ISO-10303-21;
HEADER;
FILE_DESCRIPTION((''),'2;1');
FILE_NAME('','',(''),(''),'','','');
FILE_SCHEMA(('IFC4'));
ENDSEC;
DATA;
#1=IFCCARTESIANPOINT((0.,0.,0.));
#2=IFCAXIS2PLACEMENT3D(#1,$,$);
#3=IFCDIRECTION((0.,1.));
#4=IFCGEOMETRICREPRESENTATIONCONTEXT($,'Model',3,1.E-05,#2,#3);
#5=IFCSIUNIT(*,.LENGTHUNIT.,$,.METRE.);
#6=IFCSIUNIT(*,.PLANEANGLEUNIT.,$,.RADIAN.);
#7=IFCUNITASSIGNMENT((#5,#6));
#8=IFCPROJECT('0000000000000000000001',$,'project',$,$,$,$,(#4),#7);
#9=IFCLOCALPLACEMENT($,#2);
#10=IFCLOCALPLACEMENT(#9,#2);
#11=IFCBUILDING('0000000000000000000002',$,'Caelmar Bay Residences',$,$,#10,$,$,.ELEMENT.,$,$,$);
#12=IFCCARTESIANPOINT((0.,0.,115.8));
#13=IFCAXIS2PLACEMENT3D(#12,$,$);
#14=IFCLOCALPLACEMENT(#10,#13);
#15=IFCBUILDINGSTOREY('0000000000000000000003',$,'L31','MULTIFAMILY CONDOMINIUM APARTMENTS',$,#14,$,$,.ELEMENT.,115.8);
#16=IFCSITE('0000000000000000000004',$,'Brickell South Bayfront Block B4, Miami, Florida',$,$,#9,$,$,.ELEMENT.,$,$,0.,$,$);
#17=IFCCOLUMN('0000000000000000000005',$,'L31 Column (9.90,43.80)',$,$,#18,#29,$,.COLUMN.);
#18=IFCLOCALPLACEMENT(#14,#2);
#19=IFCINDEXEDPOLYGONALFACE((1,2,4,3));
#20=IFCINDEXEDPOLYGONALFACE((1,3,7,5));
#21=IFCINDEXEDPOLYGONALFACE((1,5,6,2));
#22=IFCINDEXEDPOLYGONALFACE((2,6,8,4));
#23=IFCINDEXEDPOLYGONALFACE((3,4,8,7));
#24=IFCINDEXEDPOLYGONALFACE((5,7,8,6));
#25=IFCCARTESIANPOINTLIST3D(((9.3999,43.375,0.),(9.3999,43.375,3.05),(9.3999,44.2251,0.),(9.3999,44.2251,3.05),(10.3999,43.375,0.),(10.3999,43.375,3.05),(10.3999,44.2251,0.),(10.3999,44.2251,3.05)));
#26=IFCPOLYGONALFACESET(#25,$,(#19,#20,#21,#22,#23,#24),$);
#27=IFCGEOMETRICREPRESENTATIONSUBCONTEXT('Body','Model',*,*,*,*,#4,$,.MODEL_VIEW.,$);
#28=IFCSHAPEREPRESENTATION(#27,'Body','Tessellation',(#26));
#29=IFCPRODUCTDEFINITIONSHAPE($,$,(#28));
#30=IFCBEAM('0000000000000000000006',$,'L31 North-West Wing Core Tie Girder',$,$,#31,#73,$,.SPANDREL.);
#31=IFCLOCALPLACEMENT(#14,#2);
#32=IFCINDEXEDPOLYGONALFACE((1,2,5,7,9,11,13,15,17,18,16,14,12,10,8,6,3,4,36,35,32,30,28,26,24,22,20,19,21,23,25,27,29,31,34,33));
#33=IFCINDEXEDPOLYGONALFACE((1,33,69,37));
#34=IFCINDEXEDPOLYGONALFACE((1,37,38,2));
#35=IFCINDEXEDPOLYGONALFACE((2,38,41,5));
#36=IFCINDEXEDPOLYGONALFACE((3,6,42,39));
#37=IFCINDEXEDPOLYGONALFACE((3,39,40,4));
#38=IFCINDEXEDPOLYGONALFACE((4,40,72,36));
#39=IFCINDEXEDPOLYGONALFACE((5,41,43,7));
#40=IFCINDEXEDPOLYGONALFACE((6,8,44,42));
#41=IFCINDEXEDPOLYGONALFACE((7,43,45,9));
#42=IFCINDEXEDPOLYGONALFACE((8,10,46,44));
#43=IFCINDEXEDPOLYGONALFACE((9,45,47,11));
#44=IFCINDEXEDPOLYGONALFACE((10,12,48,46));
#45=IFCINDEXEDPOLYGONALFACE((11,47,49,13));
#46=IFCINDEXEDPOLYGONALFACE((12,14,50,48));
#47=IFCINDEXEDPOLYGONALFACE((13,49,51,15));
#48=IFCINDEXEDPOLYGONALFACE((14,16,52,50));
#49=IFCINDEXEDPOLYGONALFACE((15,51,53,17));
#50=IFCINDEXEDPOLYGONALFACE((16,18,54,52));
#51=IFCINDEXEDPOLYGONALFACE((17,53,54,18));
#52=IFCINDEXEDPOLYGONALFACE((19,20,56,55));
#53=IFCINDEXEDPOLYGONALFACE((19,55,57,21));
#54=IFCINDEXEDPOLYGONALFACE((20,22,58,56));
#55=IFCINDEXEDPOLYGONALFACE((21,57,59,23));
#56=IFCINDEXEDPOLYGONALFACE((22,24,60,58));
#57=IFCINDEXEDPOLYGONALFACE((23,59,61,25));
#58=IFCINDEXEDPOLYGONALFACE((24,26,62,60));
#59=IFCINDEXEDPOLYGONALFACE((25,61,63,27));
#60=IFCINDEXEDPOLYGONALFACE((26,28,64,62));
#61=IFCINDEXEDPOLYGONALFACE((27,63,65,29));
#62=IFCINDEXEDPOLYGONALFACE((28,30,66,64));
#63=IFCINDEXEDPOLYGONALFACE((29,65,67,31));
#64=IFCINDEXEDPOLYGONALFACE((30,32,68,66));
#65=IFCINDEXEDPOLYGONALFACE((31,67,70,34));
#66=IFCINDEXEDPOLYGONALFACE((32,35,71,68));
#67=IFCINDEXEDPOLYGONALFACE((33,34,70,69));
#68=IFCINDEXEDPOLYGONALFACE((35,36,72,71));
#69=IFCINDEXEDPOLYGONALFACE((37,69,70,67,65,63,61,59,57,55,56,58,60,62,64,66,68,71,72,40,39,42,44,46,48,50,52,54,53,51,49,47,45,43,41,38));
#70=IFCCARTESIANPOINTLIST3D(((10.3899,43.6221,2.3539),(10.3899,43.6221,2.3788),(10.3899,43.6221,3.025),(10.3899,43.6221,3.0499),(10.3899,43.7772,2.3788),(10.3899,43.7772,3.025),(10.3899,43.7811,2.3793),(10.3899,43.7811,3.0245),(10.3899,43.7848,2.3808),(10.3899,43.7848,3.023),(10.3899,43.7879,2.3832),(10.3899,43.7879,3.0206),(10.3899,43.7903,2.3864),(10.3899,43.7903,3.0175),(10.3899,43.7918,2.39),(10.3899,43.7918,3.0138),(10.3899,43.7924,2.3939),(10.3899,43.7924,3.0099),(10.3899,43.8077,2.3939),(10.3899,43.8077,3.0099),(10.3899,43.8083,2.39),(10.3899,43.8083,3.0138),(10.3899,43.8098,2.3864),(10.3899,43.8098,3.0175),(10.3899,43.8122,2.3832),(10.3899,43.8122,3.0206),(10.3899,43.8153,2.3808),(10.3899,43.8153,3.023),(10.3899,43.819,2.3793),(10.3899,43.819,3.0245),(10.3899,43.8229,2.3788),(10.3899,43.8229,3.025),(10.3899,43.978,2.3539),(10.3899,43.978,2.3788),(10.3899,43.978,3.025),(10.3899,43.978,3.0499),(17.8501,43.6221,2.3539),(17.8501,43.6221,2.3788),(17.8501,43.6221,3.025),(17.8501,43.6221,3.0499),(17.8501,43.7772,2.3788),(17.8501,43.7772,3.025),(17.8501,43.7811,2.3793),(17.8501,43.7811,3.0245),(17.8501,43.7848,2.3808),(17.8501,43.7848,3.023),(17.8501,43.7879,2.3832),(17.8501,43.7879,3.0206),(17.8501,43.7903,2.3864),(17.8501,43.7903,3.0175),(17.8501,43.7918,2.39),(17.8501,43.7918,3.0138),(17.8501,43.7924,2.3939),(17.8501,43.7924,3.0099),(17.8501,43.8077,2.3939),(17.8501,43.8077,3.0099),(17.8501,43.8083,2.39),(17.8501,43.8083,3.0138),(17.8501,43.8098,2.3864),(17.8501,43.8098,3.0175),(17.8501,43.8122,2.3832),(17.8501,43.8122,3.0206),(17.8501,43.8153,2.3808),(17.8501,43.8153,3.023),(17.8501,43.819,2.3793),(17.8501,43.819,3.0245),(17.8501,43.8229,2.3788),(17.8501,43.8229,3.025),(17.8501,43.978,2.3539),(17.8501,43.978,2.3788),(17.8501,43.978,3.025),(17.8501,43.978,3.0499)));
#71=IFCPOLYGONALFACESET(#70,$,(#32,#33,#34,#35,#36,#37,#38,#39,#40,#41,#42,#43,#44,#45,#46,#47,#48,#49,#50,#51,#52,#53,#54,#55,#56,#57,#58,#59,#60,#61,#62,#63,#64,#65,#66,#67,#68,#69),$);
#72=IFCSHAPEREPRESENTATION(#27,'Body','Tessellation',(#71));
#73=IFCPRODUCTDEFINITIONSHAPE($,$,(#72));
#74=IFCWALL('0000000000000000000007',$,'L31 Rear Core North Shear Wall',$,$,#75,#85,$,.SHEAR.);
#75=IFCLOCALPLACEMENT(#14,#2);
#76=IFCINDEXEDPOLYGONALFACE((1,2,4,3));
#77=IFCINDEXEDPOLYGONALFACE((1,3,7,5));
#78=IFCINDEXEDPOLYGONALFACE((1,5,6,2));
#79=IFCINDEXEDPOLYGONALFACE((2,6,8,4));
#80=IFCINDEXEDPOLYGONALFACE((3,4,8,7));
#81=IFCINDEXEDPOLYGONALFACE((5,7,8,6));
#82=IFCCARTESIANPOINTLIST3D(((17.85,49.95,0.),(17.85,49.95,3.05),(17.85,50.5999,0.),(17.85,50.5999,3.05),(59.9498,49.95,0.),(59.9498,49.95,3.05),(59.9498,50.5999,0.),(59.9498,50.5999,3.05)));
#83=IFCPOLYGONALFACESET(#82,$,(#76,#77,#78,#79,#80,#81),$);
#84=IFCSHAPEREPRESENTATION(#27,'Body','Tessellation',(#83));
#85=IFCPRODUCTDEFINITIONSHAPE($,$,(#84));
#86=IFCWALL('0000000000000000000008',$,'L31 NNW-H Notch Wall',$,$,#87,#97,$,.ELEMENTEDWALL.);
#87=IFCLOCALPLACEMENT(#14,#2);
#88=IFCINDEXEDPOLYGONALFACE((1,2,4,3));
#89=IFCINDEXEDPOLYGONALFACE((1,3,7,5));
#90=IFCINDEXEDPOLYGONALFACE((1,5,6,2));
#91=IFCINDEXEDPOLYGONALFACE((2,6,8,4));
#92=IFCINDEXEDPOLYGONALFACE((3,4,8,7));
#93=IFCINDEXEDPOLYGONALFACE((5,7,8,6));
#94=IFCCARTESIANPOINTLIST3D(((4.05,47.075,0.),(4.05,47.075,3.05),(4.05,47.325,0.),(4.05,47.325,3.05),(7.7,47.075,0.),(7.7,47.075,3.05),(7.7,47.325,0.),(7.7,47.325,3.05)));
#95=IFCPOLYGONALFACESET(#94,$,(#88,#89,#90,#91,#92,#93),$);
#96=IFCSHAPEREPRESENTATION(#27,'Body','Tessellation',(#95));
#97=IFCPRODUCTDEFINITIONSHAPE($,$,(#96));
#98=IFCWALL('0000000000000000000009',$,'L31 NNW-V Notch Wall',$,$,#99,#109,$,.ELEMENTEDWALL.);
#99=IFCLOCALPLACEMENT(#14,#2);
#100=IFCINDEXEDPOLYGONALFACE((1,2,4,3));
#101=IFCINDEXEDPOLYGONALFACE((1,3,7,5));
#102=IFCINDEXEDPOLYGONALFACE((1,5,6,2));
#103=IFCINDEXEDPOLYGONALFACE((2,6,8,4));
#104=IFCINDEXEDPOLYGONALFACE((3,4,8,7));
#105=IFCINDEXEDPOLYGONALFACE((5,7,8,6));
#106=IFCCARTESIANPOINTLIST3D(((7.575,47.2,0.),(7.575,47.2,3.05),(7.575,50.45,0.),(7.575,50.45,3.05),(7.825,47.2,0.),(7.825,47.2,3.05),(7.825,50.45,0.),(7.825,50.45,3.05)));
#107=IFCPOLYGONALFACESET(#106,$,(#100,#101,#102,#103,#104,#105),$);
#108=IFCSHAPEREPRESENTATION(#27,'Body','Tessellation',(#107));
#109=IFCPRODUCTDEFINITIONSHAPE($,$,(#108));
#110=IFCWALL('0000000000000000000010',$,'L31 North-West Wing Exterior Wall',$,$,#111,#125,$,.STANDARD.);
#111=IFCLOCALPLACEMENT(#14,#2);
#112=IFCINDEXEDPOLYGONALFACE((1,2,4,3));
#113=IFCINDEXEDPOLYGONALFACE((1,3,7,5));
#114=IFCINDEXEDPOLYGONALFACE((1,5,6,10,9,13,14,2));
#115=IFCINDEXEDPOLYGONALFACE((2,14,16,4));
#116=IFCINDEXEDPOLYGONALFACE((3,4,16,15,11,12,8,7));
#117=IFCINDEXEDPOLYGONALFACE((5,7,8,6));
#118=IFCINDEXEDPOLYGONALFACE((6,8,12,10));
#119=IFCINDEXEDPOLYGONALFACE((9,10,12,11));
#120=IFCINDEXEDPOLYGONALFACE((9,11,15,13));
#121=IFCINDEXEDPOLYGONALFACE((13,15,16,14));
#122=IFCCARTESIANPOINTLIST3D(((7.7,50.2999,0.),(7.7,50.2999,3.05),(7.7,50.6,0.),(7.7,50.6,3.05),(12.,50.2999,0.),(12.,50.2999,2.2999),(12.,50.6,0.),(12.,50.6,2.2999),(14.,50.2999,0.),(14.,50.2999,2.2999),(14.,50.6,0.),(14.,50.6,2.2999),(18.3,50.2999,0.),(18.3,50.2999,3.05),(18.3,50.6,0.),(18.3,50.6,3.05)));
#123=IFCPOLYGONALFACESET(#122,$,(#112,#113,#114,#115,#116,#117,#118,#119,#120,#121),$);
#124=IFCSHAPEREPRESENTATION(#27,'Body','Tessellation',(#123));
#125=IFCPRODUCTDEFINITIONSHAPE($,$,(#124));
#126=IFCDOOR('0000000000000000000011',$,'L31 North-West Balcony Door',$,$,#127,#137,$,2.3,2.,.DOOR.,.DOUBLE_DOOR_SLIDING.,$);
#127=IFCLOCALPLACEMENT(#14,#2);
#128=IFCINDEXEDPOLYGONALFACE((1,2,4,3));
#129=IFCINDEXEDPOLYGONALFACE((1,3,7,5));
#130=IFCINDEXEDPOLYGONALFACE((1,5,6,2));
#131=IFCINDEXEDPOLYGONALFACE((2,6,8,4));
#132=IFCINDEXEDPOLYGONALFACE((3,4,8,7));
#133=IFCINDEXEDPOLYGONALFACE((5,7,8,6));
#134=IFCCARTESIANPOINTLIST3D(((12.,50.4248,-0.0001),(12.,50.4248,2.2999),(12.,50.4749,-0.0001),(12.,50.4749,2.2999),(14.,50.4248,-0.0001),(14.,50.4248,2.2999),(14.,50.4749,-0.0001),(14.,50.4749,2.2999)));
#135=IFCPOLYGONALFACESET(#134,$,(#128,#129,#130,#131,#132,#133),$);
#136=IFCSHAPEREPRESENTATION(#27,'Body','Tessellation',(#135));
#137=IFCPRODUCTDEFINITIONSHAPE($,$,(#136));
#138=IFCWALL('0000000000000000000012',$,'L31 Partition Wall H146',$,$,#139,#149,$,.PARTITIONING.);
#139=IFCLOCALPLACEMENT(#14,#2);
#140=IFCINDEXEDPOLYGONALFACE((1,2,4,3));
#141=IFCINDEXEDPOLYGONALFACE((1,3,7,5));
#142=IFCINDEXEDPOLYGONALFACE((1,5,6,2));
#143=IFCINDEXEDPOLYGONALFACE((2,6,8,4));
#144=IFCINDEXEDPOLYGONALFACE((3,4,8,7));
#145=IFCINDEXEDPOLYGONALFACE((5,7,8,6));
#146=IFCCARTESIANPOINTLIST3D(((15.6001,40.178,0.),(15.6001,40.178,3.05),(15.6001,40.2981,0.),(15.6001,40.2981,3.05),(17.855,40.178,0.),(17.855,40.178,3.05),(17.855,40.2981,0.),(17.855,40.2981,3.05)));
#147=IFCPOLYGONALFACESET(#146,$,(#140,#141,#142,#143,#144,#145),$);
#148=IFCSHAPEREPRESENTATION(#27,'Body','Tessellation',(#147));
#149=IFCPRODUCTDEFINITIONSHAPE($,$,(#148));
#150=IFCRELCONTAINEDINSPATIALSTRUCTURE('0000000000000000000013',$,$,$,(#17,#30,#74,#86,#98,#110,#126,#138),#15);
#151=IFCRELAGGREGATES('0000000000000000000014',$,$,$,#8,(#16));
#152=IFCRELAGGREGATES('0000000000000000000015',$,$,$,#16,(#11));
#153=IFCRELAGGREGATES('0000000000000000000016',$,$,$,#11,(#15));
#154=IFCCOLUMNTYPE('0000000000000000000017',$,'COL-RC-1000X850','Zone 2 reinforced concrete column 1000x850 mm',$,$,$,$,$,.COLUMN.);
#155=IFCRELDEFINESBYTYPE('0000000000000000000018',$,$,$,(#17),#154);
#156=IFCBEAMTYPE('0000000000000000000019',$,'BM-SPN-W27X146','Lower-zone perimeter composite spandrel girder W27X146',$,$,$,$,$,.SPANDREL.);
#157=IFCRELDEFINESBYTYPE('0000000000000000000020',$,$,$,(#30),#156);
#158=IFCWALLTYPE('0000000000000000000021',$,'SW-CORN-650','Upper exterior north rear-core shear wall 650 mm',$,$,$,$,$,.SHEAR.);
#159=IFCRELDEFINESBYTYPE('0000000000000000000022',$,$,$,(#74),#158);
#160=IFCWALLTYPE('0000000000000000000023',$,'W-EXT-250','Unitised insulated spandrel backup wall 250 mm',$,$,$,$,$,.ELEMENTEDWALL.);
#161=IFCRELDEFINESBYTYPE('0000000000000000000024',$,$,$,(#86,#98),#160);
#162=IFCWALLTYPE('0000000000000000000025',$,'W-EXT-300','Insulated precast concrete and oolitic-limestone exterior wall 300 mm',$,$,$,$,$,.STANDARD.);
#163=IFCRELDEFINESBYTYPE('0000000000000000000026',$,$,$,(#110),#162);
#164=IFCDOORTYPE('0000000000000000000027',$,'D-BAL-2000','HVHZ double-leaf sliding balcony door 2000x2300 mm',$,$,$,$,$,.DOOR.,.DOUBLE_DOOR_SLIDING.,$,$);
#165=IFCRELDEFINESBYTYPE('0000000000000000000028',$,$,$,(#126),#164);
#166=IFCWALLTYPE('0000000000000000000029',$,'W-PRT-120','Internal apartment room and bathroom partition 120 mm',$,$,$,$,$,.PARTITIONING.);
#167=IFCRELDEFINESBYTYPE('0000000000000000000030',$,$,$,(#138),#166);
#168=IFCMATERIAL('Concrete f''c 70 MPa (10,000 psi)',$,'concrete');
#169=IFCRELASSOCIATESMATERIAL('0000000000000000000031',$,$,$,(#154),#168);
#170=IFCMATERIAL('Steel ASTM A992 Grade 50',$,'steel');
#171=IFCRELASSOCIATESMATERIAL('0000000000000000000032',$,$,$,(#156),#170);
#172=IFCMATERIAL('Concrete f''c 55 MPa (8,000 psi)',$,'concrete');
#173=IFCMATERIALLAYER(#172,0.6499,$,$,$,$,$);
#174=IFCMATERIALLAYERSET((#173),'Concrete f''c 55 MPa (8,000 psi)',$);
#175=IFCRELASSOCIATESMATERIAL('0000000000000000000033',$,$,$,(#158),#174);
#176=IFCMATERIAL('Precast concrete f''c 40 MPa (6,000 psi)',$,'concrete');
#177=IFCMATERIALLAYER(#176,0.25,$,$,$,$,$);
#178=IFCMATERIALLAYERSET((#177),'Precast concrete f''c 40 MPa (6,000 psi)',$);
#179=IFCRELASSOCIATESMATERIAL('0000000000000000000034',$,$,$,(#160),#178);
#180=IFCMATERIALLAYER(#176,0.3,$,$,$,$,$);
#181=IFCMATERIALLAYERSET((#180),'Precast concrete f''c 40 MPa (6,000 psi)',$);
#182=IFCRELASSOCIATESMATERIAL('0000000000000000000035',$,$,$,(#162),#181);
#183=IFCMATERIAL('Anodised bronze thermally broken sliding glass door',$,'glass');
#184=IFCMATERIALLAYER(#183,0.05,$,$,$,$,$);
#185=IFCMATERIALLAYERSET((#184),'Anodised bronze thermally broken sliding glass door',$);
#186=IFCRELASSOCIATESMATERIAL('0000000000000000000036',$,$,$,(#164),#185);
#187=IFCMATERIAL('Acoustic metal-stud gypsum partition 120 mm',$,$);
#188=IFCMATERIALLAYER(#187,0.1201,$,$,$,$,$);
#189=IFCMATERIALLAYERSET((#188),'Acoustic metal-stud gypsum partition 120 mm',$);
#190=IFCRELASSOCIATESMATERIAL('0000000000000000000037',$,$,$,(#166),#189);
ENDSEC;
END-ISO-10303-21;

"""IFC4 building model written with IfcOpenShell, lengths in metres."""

from ifc_helpers import new_model, si_unit, direction, frame, frame_2d, origin, origin_2d, place, context, subcontext, project, spatial, rectangle, i_section, extrude, material, layer, layer_set, material_profile, profile_set, type_object, element, fill, save


model = new_model("IFC4")

# Units and contexts
model_context = context("Model", 3, precision=1e-05, world=origin(), true_north=direction((0.0, 1.0)))
body_context = subcontext(model_context, "Body", "Model", "MODEL_VIEW")
ifc_project = project(units=[si_unit("LENGTHUNIT", "METRE"), si_unit("PLANEANGLEUNIT", "RADIAN")], contexts=[model_context])

# Site, building, storey
site_placement = place(None, origin())
site = spatial("IfcSite", under=ifc_project, at=site_placement, Name="Brickell South Bayfront Block B4, Miami, Florida", CompositionType="ELEMENT", RefElevation=0.0)
building_placement = place(site_placement, origin())
building = spatial("IfcBuilding", under=site, at=building_placement, Name="Caelmar Bay Residences", CompositionType="ELEMENT")
storey_placement = place(building_placement, frame((0.0, 0.0, 115.8)))
storey = spatial("IfcBuildingStorey", under=building, at=storey_placement, Name="L31", Description="MULTIFAMILY CONDOMINIUM APARTMENTS", CompositionType="ELEMENT", Elevation=115.8)

# Column
ifc_material_1 = material(Name="Concrete f'c 70 MPa (10,000 psi)", Category="concrete")
ifc_material_profile_1 = material_profile(ifc_material_1, rectangle(XDim=1.0, YDim=0.8501, at=origin_2d()), Name="RC-COL-1000X850")
ifc_profile_set_1 = profile_set([ifc_material_profile_1], Name="Concrete f'c 70 MPa (10,000 psi)")
column_type = type_object("IfcColumnType", Name="COL-RC-1000X850", Description="Zone 2 reinforced concrete column 1000x850 mm", PredefinedType="COLUMN", material=ifc_profile_set_1)
column_placement = place(storey_placement, frame((9.8999, 43.8, 0.0), z_axis=(0.0, 0.0, 1.0), x_axis=(1.0, 0.0, 0.0)))
element("IfcColumn", 1, at=column_placement, inside=storey, type_object=column_type, Name="L31 Column (9.90,43.80)", PredefinedType="COLUMN", context=body_context, shape_type="SweptSolid", body=[
    extrude(rectangle(XDim=1.0, YDim=0.8501, at=origin_2d()), origin(), (0.0, 0.0, 1.0), 3.05),
])

# Beam
ifc_material_2 = material(Name="Steel ASTM A992 Grade 50", Category="steel")
ifc_material_profile_2 = material_profile(ifc_material_2, i_section(OverallWidth=0.356, OverallDepth=0.696, WebThickness=0.0154, FlangeThickness=0.0249, FilletRadius=0.0151, at=origin_2d()), Name="W27X146")
ifc_profile_set_2 = profile_set([ifc_material_profile_2], Name="Steel ASTM A992 Grade 50")
beam_type = type_object("IfcBeamType", Name="BM-SPN-W27X146", Description="Lower-zone perimeter composite spandrel girder W27X146", PredefinedType="SPANDREL", material=ifc_profile_set_2)
beam_placement = place(storey_placement, frame((10.3899, 43.8, 2.7019), z_axis=(1.0, 0.0, 0.0), x_axis=(0.0, 1.0, 0.0)))
element("IfcBeam", 2, at=beam_placement, inside=storey, type_object=beam_type, Name="L31 North-West Wing Core Tie Girder", PredefinedType="SPANDREL", context=body_context, shape_type="SweptSolid", body=[
    extrude(i_section(OverallWidth=0.356, OverallDepth=0.696, WebThickness=0.0154, FlangeThickness=0.0249, FilletRadius=0.0151, at=origin_2d()), origin(), (0.0, 0.0, 1.0), 7.4602),
])

# Walls
ifc_material_3 = material(Name="Concrete f'c 55 MPa (8,000 psi)", Category="concrete")
ifc_layer_1 = layer(ifc_material_3, 0.6499)
ifc_layer_set_1 = layer_set([ifc_layer_1], Name="Concrete f'c 55 MPa (8,000 psi)")
wall_type_1 = type_object("IfcWallType", Name="SW-CORN-650", Description="Upper exterior north rear-core shear wall 650 mm", PredefinedType="SHEAR", material=ifc_layer_set_1)
wall_1_placement = place(storey_placement, frame((17.8501, 50.2749, 0.0), z_axis=(0.0, 0.0, 1.0), x_axis=(1.0, 0.0, 0.0)))
element("IfcWall", 3, at=wall_1_placement, inside=storey, type_object=wall_type_1, Name="L31 Rear Core North Shear Wall", PredefinedType="SHEAR", context=body_context, shape_type="SweptSolid", body=[
    extrude(rectangle(XDim=42.0999, YDim=0.6499, at=frame_2d((21.0498, 0.0))), origin(), (0.0, 0.0, 1.0), 3.05),
])
ifc_material_4 = material(Name="Precast concrete f'c 40 MPa (6,000 psi)", Category="concrete")
ifc_layer_2 = layer(ifc_material_4, 0.25)
ifc_layer_set_2 = layer_set([ifc_layer_2], Name="Precast concrete f'c 40 MPa (6,000 psi)")
wall_type_2 = type_object("IfcWallType", Name="W-EXT-250", Description="Unitised insulated spandrel backup wall 250 mm", PredefinedType="ELEMENTEDWALL", material=ifc_layer_set_2)
wall_2_placement = place(storey_placement, frame((4.05, 47.2, 0.0), z_axis=(0.0, 0.0, 1.0), x_axis=(1.0, 0.0, 0.0)))
element("IfcWall", 4, at=wall_2_placement, inside=storey, type_object=wall_type_2, Name="L31 NNW-H Notch Wall", PredefinedType="ELEMENTEDWALL", context=body_context, shape_type="SweptSolid", body=[
    extrude(rectangle(XDim=3.6499, YDim=0.25, at=frame_2d((1.825, 0.0))), origin(), (0.0, 0.0, 1.0), 3.05),
])
wall_3_placement = place(storey_placement, frame((7.7, 47.2, 0.0), z_axis=(0.0, 0.0, 1.0), x_axis=(0.0, 1.0, 0.0)))
element("IfcWall", 5, at=wall_3_placement, inside=storey, type_object=wall_type_2, Name="L31 NNW-V Notch Wall", PredefinedType="ELEMENTEDWALL", context=body_context, shape_type="SweptSolid", body=[
    extrude(rectangle(XDim=3.25, YDim=0.25, at=frame_2d((1.625, 0.0))), origin(), (0.0, 0.0, 1.0), 3.05),
])

# Wall, opening, door
ifc_layer_3 = layer(ifc_material_4, 0.3)
ifc_layer_set_3 = layer_set([ifc_layer_3], Name="Precast concrete f'c 40 MPa (6,000 psi)")
wall_type_3 = type_object("IfcWallType", Name="W-EXT-300", Description="Insulated precast concrete and oolitic-limestone exterior wall 300 mm", PredefinedType="STANDARD", material=ifc_layer_set_3)
wall_4_placement = place(storey_placement, frame((7.7, 50.45, 0.0), z_axis=(0.0, 0.0, 1.0), x_axis=(1.0, 0.0, 0.0)))
wall_4 = element("IfcWall", 6, at=wall_4_placement, inside=storey, type_object=wall_type_3, Name="L31 North-West Wing Exterior Wall", PredefinedType="STANDARD", context=body_context, shape_type="SweptSolid", body=[
    extrude(rectangle(XDim=10.6001, YDim=0.3, at=frame_2d((5.3, 0.0))), origin(), (0.0, 0.0, 1.0), 3.05),
])
opening_1_placement = place(wall_4_placement, frame((4.3, 0.0, 0.0)))
opening_1 = element("IfcOpeningElement", 7, at=opening_1_placement, cuts=wall_4, PredefinedType="OPENING", context=body_context, shape_type="SweptSolid", body=[
    extrude(rectangle(XDim=2.0, YDim=2.3, at=frame_2d((1.0, 1.1499))), frame((0.0, 0.1599, 0.0), z_axis=(0.0, -1.0, 0.0), x_axis=(1.0, 0.0, 0.0)), (0.0, 0.0, 1.0), 0.3201),
])
ifc_material_5 = material(Name="Anodised bronze thermally broken sliding glass door", Category="glass")
ifc_layer_4 = layer(ifc_material_5, 0.05)
ifc_layer_set_4 = layer_set([ifc_layer_4], Name="Anodised bronze thermally broken sliding glass door")
door_type_1 = type_object("IfcDoorType", Name="D-BAL-2000", Description="HVHZ double-leaf sliding balcony door 2000x2300 mm", OperationType="DOUBLE_DOOR_SLIDING", PredefinedType="DOOR", material=ifc_layer_set_4)
door_1_placement = place(opening_1_placement, origin())
door_1 = element("IfcDoor", 8, at=door_1_placement, inside=storey, type_object=door_type_1, Name="L31 North-West Balcony Door", OperationType="DOUBLE_DOOR_SLIDING", OverallHeight=2.3, OverallWidth=2.0, PredefinedType="DOOR", context=body_context, shape_type="SweptSolid", body=[
    extrude(rectangle(XDim=2.0, YDim=2.3, at=frame_2d((1.0, 1.1499))), frame((0.0, 0.0249, 0.0), z_axis=(0.0, -1.0, 0.0), x_axis=(1.0, 0.0, 0.0)), (0.0, 0.0, 1.0), 0.05),
])
fill(opening_1, door_1)
ifc_material_6 = material(Name="Acoustic metal-stud gypsum partition 120 mm")
ifc_layer_5 = layer(ifc_material_6, 0.1201)
ifc_layer_set_5 = layer_set([ifc_layer_5], Name="Acoustic metal-stud gypsum partition 120 mm")
wall_type_4 = type_object("IfcWallType", Name="W-PRT-120", Description="Internal apartment room and bathroom partition 120 mm", PredefinedType="PARTITIONING", material=ifc_layer_set_5)

# Wall
wall_5_placement = place(storey_placement, frame((15.6001, 40.238, 0.0), z_axis=(0.0, 0.0, 1.0), x_axis=(1.0, 0.0, 0.0)))
element("IfcWall", 9, at=wall_5_placement, inside=storey, type_object=wall_type_4, Name="L31 Partition Wall H146", PredefinedType="PARTITIONING", context=body_context, shape_type="SweptSolid", body=[
    extrude(rectangle(XDim=2.2549, YDim=0.1201, at=frame_2d((1.1274, 0.0))), origin(), (0.0, 0.0, 1.0), 3.05),
])

save(model, "model.ifc")
